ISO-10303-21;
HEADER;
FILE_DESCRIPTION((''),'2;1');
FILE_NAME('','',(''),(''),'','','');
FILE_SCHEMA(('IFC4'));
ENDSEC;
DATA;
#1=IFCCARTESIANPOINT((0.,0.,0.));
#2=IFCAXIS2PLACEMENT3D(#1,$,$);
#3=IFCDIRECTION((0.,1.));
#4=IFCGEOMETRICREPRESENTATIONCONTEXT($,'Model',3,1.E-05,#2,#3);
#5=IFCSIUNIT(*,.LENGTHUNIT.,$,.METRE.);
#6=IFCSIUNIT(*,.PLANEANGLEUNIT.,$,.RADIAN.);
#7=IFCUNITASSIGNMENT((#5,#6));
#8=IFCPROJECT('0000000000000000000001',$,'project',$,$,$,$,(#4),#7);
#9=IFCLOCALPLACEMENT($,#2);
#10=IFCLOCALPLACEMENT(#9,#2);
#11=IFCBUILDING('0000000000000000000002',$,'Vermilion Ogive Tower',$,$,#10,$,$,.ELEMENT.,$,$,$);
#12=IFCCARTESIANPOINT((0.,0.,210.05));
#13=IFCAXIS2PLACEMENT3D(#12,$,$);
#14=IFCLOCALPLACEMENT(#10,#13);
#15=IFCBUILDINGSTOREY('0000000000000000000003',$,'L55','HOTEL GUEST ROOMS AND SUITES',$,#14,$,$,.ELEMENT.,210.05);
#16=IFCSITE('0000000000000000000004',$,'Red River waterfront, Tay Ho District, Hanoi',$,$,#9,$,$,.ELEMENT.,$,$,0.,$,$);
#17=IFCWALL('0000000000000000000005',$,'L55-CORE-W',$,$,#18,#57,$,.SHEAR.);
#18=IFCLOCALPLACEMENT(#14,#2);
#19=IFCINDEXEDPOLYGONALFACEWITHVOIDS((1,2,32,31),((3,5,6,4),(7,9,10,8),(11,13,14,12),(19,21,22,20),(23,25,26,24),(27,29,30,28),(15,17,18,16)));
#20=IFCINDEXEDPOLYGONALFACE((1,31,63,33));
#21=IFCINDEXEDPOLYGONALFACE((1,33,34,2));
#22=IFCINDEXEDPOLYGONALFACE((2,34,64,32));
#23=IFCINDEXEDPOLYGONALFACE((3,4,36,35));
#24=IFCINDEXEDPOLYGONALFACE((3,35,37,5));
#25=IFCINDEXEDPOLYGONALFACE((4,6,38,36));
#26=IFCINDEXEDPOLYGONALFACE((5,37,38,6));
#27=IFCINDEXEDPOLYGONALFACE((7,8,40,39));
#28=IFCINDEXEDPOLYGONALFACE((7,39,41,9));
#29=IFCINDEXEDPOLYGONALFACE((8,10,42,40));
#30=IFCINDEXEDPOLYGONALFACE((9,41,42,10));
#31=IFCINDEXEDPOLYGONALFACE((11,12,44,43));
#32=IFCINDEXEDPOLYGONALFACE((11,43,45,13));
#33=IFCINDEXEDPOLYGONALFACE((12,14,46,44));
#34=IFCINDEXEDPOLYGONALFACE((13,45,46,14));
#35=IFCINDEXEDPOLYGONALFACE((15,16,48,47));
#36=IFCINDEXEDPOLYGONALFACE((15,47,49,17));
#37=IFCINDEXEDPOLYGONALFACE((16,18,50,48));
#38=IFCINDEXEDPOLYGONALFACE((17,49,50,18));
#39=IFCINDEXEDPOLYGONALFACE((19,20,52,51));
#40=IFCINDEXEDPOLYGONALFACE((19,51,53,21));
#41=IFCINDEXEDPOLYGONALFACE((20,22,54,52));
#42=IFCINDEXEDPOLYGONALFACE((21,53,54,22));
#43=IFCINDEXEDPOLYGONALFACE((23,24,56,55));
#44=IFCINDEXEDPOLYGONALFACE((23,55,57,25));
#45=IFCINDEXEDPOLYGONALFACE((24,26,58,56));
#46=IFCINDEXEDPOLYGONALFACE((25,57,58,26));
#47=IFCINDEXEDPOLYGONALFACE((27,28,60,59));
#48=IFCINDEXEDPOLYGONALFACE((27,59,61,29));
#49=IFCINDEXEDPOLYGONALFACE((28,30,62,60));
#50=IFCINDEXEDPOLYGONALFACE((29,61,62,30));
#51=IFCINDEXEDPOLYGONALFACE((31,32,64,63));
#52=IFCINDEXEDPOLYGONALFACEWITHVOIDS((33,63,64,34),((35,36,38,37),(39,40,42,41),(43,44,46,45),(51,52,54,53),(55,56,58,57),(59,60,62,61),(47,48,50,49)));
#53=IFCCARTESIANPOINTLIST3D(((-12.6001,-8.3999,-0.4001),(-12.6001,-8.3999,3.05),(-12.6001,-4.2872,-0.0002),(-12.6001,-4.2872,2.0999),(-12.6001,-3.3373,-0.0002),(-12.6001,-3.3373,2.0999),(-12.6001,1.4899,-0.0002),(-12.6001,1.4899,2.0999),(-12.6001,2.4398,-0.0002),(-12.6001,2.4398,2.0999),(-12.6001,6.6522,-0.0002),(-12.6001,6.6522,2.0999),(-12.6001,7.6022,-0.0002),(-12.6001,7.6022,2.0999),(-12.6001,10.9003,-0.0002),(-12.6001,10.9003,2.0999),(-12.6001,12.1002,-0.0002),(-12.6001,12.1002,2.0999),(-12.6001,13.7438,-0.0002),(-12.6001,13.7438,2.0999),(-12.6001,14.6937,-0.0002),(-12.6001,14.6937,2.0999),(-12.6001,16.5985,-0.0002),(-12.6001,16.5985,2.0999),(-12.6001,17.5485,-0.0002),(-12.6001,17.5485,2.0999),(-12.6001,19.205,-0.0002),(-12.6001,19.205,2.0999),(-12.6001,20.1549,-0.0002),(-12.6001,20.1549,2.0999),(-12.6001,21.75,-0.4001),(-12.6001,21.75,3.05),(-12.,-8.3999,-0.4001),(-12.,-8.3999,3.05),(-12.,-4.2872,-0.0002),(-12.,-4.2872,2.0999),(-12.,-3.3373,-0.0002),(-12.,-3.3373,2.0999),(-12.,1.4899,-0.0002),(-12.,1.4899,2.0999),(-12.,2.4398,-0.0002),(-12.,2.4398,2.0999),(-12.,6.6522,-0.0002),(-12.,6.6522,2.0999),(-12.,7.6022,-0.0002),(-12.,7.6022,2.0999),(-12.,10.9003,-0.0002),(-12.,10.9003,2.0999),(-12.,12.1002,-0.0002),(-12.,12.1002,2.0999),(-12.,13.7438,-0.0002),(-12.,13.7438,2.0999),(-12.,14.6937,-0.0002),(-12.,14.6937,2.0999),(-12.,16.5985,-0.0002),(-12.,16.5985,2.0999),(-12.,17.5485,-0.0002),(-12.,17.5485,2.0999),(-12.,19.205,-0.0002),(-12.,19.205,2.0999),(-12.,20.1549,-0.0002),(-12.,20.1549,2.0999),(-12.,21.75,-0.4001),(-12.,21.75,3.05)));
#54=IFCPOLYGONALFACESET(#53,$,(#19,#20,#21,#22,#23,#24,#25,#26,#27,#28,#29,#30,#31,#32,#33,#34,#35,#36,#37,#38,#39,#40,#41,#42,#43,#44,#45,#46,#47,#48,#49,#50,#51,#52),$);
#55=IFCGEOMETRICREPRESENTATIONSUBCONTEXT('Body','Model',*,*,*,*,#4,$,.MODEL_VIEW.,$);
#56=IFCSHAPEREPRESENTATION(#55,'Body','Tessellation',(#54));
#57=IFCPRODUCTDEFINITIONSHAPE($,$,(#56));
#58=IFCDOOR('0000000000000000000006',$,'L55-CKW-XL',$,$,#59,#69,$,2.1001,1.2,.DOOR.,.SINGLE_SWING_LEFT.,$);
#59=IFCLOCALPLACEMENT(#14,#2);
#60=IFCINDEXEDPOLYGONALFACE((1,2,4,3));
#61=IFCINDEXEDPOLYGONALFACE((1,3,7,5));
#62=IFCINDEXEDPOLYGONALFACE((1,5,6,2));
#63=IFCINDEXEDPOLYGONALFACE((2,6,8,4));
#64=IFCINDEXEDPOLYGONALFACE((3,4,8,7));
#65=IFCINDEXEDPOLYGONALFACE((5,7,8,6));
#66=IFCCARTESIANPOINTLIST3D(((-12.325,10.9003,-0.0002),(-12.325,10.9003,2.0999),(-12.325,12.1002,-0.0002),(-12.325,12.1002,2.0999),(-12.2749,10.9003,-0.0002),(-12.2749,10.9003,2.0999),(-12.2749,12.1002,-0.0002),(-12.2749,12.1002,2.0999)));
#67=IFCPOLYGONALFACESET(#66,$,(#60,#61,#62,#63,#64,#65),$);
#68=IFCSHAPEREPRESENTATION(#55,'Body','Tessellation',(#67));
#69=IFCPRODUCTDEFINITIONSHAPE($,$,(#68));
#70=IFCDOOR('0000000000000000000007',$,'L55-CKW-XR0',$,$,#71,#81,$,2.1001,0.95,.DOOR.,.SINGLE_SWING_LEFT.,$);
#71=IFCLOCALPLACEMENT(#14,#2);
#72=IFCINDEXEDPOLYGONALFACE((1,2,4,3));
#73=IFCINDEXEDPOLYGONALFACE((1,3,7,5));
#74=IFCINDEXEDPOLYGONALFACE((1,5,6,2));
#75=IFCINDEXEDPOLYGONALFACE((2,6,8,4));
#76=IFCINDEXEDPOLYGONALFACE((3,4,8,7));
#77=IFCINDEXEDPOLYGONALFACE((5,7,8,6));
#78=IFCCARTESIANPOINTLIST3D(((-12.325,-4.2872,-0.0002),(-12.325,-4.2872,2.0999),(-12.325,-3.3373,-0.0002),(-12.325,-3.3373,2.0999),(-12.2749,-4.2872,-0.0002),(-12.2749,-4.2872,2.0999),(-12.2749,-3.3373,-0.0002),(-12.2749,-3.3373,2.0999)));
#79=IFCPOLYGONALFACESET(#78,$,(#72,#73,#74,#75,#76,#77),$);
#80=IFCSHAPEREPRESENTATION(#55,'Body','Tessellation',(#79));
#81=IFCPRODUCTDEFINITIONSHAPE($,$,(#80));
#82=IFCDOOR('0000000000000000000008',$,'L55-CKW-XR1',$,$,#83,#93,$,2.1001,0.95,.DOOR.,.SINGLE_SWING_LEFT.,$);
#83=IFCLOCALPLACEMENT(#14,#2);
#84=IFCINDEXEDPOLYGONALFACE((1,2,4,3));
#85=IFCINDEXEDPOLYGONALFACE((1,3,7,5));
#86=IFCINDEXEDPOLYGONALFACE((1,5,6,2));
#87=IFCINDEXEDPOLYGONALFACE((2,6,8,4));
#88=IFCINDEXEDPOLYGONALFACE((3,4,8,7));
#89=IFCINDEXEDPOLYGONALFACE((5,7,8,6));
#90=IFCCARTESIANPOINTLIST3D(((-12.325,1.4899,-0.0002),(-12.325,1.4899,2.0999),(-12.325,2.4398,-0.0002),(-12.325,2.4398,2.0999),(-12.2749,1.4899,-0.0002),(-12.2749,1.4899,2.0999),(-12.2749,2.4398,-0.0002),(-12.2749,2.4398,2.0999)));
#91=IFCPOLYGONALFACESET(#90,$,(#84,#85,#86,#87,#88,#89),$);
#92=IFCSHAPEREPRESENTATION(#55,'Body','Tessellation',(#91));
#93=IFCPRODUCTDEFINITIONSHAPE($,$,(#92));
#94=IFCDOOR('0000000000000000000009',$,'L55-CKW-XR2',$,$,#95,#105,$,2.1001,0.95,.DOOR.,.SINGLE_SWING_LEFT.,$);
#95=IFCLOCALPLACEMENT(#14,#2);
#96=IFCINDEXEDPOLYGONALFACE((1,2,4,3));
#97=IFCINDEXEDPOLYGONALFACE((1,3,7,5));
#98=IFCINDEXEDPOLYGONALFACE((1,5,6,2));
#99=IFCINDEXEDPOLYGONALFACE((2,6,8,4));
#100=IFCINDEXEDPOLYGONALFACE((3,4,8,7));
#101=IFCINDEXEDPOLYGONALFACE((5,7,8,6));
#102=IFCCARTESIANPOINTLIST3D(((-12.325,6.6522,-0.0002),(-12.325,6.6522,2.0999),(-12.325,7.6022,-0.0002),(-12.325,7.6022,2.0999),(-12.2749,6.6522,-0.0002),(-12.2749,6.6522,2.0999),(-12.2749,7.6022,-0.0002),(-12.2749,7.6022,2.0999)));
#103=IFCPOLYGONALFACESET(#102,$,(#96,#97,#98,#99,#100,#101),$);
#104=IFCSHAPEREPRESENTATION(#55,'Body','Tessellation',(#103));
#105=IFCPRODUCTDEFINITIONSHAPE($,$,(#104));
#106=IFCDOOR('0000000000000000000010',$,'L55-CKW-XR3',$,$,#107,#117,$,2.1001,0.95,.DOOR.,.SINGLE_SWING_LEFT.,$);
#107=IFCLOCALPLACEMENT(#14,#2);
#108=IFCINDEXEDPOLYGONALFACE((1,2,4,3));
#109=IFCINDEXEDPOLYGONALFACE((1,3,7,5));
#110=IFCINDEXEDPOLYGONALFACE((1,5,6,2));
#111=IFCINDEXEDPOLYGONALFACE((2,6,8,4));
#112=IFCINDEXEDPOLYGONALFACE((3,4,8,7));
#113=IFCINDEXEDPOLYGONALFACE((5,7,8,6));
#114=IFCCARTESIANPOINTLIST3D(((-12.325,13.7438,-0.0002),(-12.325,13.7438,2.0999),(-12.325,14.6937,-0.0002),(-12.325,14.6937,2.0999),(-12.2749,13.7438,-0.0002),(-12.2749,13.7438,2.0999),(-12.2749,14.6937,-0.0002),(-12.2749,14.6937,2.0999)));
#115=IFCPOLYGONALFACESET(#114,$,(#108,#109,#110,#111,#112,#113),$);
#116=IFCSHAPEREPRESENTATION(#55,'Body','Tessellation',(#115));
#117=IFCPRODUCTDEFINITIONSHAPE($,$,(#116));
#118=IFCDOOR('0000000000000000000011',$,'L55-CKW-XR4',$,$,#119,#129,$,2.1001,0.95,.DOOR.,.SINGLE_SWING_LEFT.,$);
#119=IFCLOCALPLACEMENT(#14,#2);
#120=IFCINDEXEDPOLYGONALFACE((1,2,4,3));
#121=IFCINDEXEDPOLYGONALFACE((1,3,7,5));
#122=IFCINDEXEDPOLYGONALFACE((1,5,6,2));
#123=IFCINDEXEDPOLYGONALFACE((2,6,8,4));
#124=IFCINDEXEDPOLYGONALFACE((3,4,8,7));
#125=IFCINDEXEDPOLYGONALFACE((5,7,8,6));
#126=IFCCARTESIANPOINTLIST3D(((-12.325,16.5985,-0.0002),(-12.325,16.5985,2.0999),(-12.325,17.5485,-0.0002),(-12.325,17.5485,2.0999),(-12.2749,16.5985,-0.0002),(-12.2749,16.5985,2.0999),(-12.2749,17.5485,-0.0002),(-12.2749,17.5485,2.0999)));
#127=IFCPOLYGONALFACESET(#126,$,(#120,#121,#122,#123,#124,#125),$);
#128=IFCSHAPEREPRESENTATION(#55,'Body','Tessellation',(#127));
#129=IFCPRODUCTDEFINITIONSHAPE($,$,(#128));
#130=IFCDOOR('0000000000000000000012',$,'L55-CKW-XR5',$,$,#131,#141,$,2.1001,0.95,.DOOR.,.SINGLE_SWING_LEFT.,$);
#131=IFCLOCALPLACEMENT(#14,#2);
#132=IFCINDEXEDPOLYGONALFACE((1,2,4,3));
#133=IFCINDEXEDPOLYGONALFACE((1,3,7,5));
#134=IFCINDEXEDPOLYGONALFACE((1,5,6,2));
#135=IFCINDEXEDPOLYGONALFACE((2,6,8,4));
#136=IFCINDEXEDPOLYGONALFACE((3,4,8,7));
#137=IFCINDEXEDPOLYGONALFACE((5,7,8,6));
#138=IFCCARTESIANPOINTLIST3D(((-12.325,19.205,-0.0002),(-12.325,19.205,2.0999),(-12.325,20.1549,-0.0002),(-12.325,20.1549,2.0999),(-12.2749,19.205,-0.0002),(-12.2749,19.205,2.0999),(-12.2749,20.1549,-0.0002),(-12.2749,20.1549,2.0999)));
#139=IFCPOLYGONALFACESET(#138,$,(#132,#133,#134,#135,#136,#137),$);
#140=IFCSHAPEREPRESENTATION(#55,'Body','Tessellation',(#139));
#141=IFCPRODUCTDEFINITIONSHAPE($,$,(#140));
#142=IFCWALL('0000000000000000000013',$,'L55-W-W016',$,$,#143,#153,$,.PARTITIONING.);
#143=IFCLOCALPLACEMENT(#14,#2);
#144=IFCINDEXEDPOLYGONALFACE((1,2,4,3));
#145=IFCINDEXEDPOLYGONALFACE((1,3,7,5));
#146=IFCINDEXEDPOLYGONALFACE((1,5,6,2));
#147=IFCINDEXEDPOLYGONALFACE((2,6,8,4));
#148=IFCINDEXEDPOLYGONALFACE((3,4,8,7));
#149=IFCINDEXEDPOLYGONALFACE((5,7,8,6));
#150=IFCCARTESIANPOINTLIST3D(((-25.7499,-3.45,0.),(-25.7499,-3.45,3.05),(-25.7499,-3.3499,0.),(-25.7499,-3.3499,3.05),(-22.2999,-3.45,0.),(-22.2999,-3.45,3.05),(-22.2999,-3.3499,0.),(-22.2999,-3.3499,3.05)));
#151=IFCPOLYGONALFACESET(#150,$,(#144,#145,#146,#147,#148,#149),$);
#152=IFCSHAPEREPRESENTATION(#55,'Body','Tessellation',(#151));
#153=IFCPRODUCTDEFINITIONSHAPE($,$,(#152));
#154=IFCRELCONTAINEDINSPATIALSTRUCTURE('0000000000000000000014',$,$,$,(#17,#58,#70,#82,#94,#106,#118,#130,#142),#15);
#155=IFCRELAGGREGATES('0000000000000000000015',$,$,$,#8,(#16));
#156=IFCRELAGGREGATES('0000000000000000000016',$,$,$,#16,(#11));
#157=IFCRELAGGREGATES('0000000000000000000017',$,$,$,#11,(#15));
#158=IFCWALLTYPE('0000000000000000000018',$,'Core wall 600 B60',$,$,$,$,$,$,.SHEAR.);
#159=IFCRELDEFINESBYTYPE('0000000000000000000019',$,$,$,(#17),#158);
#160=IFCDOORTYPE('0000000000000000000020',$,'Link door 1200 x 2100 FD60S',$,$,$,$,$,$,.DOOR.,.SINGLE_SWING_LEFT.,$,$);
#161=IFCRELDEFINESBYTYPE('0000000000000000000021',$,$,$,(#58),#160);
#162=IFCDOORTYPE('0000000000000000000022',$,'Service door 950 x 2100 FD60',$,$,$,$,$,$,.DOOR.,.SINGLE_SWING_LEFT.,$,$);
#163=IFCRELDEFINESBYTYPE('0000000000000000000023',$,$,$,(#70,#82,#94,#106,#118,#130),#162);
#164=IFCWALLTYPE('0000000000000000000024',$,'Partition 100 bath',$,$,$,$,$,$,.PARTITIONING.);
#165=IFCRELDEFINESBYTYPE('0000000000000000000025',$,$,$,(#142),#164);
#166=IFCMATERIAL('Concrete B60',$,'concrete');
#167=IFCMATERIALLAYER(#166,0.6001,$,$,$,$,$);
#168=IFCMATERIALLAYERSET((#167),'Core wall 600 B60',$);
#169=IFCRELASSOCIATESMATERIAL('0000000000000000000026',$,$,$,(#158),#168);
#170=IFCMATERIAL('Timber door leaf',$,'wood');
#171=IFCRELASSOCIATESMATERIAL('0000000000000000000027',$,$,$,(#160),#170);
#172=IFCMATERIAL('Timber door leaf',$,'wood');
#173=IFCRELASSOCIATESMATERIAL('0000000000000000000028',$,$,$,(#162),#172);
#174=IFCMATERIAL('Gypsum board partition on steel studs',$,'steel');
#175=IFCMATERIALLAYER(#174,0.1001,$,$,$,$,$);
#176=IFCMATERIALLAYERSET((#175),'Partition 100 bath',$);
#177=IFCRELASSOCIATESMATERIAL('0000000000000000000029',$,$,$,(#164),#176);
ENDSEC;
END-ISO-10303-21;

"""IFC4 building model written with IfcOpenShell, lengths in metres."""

from ifc_helpers import new_model, si_unit, direction, frame, frame_2d, origin, place, context, subcontext, project, spatial, rectangle, extrude, material, layer, layer_set, type_object, element, fill, save


model = new_model("IFC4")

# Units and contexts
model_context = context("Model", 3, precision=1e-05, world=origin(), true_north=direction((0.0, 1.0)))
body_context = subcontext(model_context, "Body", "Model", "MODEL_VIEW")
ifc_project = project(units=[si_unit("LENGTHUNIT", "METRE"), si_unit("PLANEANGLEUNIT", "RADIAN")], contexts=[model_context])

# Site, building, storey
site_placement = place(None, origin())
site = spatial("IfcSite", under=ifc_project, at=site_placement, Name="Red River waterfront, Tay Ho District, Hanoi", CompositionType="ELEMENT", RefElevation=0.0)
building_placement = place(site_placement, origin())
building = spatial("IfcBuilding", under=site, at=building_placement, Name="Vermilion Ogive Tower", CompositionType="ELEMENT")
storey_placement = place(building_placement, frame((0.0, 0.0, 210.05)))
storey = spatial("IfcBuildingStorey", under=building, at=storey_placement, Name="L55", Description="HOTEL GUEST ROOMS AND SUITES", CompositionType="ELEMENT", Elevation=210.05)

# Wall, openings, doors
ifc_material_1 = material(Name="Concrete B60", Category="concrete")
ifc_layer_1 = layer(ifc_material_1, 0.6001)
ifc_layer_set_1 = layer_set([ifc_layer_1], Name="Core wall 600 B60")
wall_type_1 = type_object("IfcWallType", Name="Core wall 600 B60", PredefinedType="SHEAR", material=ifc_layer_set_1)
wall_1_placement = place(storey_placement, frame((-12.3, -8.3999, -0.4001), z_axis=(0.0, 0.0, 1.0), x_axis=(0.0, 1.0, 0.0)))
wall_1 = element("IfcWall", 1, at=wall_1_placement, inside=storey, type_object=wall_type_1, Name="L55-CORE-W", PredefinedType="SHEAR", context=body_context, shape_type="SweptSolid", body=[
    extrude(rectangle(XDim=30.1499, YDim=0.6001, at=frame_2d((15.075, 0.0))), origin(), (0.0, 0.0, 1.0), 3.4502),
])
opening_1_placement = place(wall_1_placement, frame((4.1125, 0.0, 0.3999)))
opening_1 = element("IfcOpeningElement", 2, at=opening_1_placement, cuts=wall_1, PredefinedType="OPENING", context=body_context, shape_type="SweptSolid", body=[
    extrude(rectangle(XDim=0.95, YDim=2.1001, at=frame_2d((0.4751, 1.05))), frame((0.0, 0.3101, 0.0), z_axis=(0.0, -1.0, 0.0), x_axis=(1.0, 0.0, 0.0)), (0.0, 0.0, 1.0), 0.6201),
])
opening_2_placement = place(wall_1_placement, frame((9.8896, 0.0, 0.3999)))
opening_2 = element("IfcOpeningElement", 3, at=opening_2_placement, cuts=wall_1, PredefinedType="OPENING", context=body_context, shape_type="SweptSolid", body=[
    extrude(rectangle(XDim=0.95, YDim=2.1001, at=frame_2d((0.4751, 1.05))), frame((0.0, 0.3101, 0.0), z_axis=(0.0, -1.0, 0.0), x_axis=(1.0, 0.0, 0.0)), (0.0, 0.0, 1.0), 0.6201),
])
opening_3_placement = place(wall_1_placement, frame((15.052, 0.0, 0.3999)))
opening_3 = element("IfcOpeningElement", 4, at=opening_3_placement, cuts=wall_1, PredefinedType="OPENING", context=body_context, shape_type="SweptSolid", body=[
    extrude(rectangle(XDim=0.95, YDim=2.1001, at=frame_2d((0.4751, 1.05))), frame((0.0, 0.3101, 0.0), z_axis=(0.0, -1.0, 0.0), x_axis=(1.0, 0.0, 0.0)), (0.0, 0.0, 1.0), 0.6201),
])
opening_4_placement = place(wall_1_placement, frame((22.1436, 0.0, 0.3999)))
opening_4 = element("IfcOpeningElement", 5, at=opening_4_placement, cuts=wall_1, PredefinedType="OPENING", context=body_context, shape_type="SweptSolid", body=[
    extrude(rectangle(XDim=0.95, YDim=2.1001, at=frame_2d((0.4751, 1.05))), frame((0.0, 0.3101, 0.0), z_axis=(0.0, -1.0, 0.0), x_axis=(1.0, 0.0, 0.0)), (0.0, 0.0, 1.0), 0.6201),
])
opening_5_placement = place(wall_1_placement, frame((24.9983, 0.0, 0.3999)))
opening_5 = element("IfcOpeningElement", 6, at=opening_5_placement, cuts=wall_1, PredefinedType="OPENING", context=body_context, shape_type="SweptSolid", body=[
    extrude(rectangle(XDim=0.95, YDim=2.1001, at=frame_2d((0.4751, 1.05))), frame((0.0, 0.3101, 0.0), z_axis=(0.0, -1.0, 0.0), x_axis=(1.0, 0.0, 0.0)), (0.0, 0.0, 1.0), 0.6201),
])
opening_6_placement = place(wall_1_placement, frame((27.6047, 0.0, 0.3999)))
opening_6 = element("IfcOpeningElement", 7, at=opening_6_placement, cuts=wall_1, PredefinedType="OPENING", context=body_context, shape_type="SweptSolid", body=[
    extrude(rectangle(XDim=0.95, YDim=2.1001, at=frame_2d((0.4751, 1.05))), frame((0.0, 0.3101, 0.0), z_axis=(0.0, -1.0, 0.0), x_axis=(1.0, 0.0, 0.0)), (0.0, 0.0, 1.0), 0.6201),
])
opening_7_placement = place(wall_1_placement, frame((19.3, 0.0, 0.3999)))
opening_7 = element("IfcOpeningElement", 8, at=opening_7_placement, cuts=wall_1, PredefinedType="OPENING", context=body_context, shape_type="SweptSolid", body=[
    extrude(rectangle(XDim=1.2, YDim=2.1001, at=frame_2d((0.6001, 1.05))), frame((0.0, 0.3101, 0.0), z_axis=(0.0, -1.0, 0.0), x_axis=(1.0, 0.0, 0.0)), (0.0, 0.0, 1.0), 0.6201),
])
ifc_material_2 = material(Name="Timber door leaf", Category="wood")
door_type_1 = type_object("IfcDoorType", Name="Link door 1200 x 2100 FD60S", OperationType="SINGLE_SWING_LEFT", PredefinedType="DOOR", material=ifc_material_2)
door_1_placement = place(opening_7_placement, origin())
door_1 = element("IfcDoor", 9, at=door_1_placement, inside=storey, type_object=door_type_1, Name="L55-CKW-XL", OperationType="SINGLE_SWING_LEFT", OverallHeight=2.1001, OverallWidth=1.2, PredefinedType="DOOR", context=body_context, shape_type="SweptSolid", body=[
    extrude(rectangle(XDim=1.2, YDim=2.1001, at=frame_2d((0.6001, 1.05))), frame((0.0, 0.0249, 0.0), z_axis=(0.0, -1.0, 0.0), x_axis=(1.0, 0.0, 0.0)), (0.0, 0.0, 1.0), 0.05),
])
fill(opening_7, door_1)
ifc_material_3 = material(Name="Timber door leaf", Category="wood")
door_type_2 = type_object("IfcDoorType", Name="Service door 950 x 2100 FD60", OperationType="SINGLE_SWING_LEFT", PredefinedType="DOOR", material=ifc_material_3)
door_2_placement = place(opening_1_placement, origin())
door_2 = element("IfcDoor", 10, at=door_2_placement, inside=storey, type_object=door_type_2, Name="L55-CKW-XR0", OperationType="SINGLE_SWING_LEFT", OverallHeight=2.1001, OverallWidth=0.95, PredefinedType="DOOR", context=body_context, shape_type="SweptSolid", body=[
    extrude(rectangle(XDim=0.95, YDim=2.1001, at=frame_2d((0.4751, 1.05))), frame((0.0, 0.0249, 0.0), z_axis=(0.0, -1.0, 0.0), x_axis=(1.0, 0.0, 0.0)), (0.0, 0.0, 1.0), 0.05),
])
fill(opening_1, door_2)
door_3_placement = place(opening_2_placement, origin())
door_3 = element("IfcDoor", 11, at=door_3_placement, inside=storey, type_object=door_type_2, Name="L55-CKW-XR1", OperationType="SINGLE_SWING_LEFT", OverallHeight=2.1001, OverallWidth=0.95, PredefinedType="DOOR", context=body_context, shape_type="SweptSolid", body=[
    extrude(rectangle(XDim=0.95, YDim=2.1001, at=frame_2d((0.4751, 1.05))), frame((0.0, 0.0249, 0.0), z_axis=(0.0, -1.0, 0.0), x_axis=(1.0, 0.0, 0.0)), (0.0, 0.0, 1.0), 0.05),
])
fill(opening_2, door_3)
door_4_placement = place(opening_3_placement, origin())
door_4 = element("IfcDoor", 12, at=door_4_placement, inside=storey, type_object=door_type_2, Name="L55-CKW-XR2", OperationType="SINGLE_SWING_LEFT", OverallHeight=2.1001, OverallWidth=0.95, PredefinedType="DOOR", context=body_context, shape_type="SweptSolid", body=[
    extrude(rectangle(XDim=0.95, YDim=2.1001, at=frame_2d((0.4751, 1.05))), frame((0.0, 0.0249, 0.0), z_axis=(0.0, -1.0, 0.0), x_axis=(1.0, 0.0, 0.0)), (0.0, 0.0, 1.0), 0.05),
])
fill(opening_3, door_4)
door_5_placement = place(opening_4_placement, origin())
door_5 = element("IfcDoor", 13, at=door_5_placement, inside=storey, type_object=door_type_2, Name="L55-CKW-XR3", OperationType="SINGLE_SWING_LEFT", OverallHeight=2.1001, OverallWidth=0.95, PredefinedType="DOOR", context=body_context, shape_type="SweptSolid", body=[
    extrude(rectangle(XDim=0.95, YDim=2.1001, at=frame_2d((0.4751, 1.05))), frame((0.0, 0.0249, 0.0), z_axis=(0.0, -1.0, 0.0), x_axis=(1.0, 0.0, 0.0)), (0.0, 0.0, 1.0), 0.05),
])
fill(opening_4, door_5)
door_6_placement = place(opening_5_placement, origin())
door_6 = element("IfcDoor", 14, at=door_6_placement, inside=storey, type_object=door_type_2, Name="L55-CKW-XR4", OperationType="SINGLE_SWING_LEFT", OverallHeight=2.1001, OverallWidth=0.95, PredefinedType="DOOR", context=body_context, shape_type="SweptSolid", body=[
    extrude(rectangle(XDim=0.95, YDim=2.1001, at=frame_2d((0.4751, 1.05))), frame((0.0, 0.0249, 0.0), z_axis=(0.0, -1.0, 0.0), x_axis=(1.0, 0.0, 0.0)), (0.0, 0.0, 1.0), 0.05),
])
fill(opening_5, door_6)
door_7_placement = place(opening_6_placement, origin())
door_7 = element("IfcDoor", 15, at=door_7_placement, inside=storey, type_object=door_type_2, Name="L55-CKW-XR5", OperationType="SINGLE_SWING_LEFT", OverallHeight=2.1001, OverallWidth=0.95, PredefinedType="DOOR", context=body_context, shape_type="SweptSolid", body=[
    extrude(rectangle(XDim=0.95, YDim=2.1001, at=frame_2d((0.4751, 1.05))), frame((0.0, 0.0249, 0.0), z_axis=(0.0, -1.0, 0.0), x_axis=(1.0, 0.0, 0.0)), (0.0, 0.0, 1.0), 0.05),
])
fill(opening_6, door_7)

# Wall
ifc_material_4 = material(Name="Gypsum board partition on steel studs", Category="steel")
ifc_layer_2 = layer(ifc_material_4, 0.1001)
ifc_layer_set_2 = layer_set([ifc_layer_2], Name="Partition 100 bath")
wall_type_2 = type_object("IfcWallType", Name="Partition 100 bath", PredefinedType="PARTITIONING", material=ifc_layer_set_2)
wall_2_placement = place(storey_placement, frame((-25.75, -3.3999, 0.0), z_axis=(0.0, 0.0, 1.0), x_axis=(1.0, 0.0, 0.0)))
element("IfcWall", 16, at=wall_2_placement, inside=storey, type_object=wall_type_2, Name="L55-W-W016", PredefinedType="PARTITIONING", context=body_context, shape_type="SweptSolid", body=[
    extrude(rectangle(XDim=3.45, YDim=0.1001, at=frame_2d((1.7251, 0.0))), origin(), (0.0, 0.0, 1.0), 3.05),
])

save(model, "model.ifc")
